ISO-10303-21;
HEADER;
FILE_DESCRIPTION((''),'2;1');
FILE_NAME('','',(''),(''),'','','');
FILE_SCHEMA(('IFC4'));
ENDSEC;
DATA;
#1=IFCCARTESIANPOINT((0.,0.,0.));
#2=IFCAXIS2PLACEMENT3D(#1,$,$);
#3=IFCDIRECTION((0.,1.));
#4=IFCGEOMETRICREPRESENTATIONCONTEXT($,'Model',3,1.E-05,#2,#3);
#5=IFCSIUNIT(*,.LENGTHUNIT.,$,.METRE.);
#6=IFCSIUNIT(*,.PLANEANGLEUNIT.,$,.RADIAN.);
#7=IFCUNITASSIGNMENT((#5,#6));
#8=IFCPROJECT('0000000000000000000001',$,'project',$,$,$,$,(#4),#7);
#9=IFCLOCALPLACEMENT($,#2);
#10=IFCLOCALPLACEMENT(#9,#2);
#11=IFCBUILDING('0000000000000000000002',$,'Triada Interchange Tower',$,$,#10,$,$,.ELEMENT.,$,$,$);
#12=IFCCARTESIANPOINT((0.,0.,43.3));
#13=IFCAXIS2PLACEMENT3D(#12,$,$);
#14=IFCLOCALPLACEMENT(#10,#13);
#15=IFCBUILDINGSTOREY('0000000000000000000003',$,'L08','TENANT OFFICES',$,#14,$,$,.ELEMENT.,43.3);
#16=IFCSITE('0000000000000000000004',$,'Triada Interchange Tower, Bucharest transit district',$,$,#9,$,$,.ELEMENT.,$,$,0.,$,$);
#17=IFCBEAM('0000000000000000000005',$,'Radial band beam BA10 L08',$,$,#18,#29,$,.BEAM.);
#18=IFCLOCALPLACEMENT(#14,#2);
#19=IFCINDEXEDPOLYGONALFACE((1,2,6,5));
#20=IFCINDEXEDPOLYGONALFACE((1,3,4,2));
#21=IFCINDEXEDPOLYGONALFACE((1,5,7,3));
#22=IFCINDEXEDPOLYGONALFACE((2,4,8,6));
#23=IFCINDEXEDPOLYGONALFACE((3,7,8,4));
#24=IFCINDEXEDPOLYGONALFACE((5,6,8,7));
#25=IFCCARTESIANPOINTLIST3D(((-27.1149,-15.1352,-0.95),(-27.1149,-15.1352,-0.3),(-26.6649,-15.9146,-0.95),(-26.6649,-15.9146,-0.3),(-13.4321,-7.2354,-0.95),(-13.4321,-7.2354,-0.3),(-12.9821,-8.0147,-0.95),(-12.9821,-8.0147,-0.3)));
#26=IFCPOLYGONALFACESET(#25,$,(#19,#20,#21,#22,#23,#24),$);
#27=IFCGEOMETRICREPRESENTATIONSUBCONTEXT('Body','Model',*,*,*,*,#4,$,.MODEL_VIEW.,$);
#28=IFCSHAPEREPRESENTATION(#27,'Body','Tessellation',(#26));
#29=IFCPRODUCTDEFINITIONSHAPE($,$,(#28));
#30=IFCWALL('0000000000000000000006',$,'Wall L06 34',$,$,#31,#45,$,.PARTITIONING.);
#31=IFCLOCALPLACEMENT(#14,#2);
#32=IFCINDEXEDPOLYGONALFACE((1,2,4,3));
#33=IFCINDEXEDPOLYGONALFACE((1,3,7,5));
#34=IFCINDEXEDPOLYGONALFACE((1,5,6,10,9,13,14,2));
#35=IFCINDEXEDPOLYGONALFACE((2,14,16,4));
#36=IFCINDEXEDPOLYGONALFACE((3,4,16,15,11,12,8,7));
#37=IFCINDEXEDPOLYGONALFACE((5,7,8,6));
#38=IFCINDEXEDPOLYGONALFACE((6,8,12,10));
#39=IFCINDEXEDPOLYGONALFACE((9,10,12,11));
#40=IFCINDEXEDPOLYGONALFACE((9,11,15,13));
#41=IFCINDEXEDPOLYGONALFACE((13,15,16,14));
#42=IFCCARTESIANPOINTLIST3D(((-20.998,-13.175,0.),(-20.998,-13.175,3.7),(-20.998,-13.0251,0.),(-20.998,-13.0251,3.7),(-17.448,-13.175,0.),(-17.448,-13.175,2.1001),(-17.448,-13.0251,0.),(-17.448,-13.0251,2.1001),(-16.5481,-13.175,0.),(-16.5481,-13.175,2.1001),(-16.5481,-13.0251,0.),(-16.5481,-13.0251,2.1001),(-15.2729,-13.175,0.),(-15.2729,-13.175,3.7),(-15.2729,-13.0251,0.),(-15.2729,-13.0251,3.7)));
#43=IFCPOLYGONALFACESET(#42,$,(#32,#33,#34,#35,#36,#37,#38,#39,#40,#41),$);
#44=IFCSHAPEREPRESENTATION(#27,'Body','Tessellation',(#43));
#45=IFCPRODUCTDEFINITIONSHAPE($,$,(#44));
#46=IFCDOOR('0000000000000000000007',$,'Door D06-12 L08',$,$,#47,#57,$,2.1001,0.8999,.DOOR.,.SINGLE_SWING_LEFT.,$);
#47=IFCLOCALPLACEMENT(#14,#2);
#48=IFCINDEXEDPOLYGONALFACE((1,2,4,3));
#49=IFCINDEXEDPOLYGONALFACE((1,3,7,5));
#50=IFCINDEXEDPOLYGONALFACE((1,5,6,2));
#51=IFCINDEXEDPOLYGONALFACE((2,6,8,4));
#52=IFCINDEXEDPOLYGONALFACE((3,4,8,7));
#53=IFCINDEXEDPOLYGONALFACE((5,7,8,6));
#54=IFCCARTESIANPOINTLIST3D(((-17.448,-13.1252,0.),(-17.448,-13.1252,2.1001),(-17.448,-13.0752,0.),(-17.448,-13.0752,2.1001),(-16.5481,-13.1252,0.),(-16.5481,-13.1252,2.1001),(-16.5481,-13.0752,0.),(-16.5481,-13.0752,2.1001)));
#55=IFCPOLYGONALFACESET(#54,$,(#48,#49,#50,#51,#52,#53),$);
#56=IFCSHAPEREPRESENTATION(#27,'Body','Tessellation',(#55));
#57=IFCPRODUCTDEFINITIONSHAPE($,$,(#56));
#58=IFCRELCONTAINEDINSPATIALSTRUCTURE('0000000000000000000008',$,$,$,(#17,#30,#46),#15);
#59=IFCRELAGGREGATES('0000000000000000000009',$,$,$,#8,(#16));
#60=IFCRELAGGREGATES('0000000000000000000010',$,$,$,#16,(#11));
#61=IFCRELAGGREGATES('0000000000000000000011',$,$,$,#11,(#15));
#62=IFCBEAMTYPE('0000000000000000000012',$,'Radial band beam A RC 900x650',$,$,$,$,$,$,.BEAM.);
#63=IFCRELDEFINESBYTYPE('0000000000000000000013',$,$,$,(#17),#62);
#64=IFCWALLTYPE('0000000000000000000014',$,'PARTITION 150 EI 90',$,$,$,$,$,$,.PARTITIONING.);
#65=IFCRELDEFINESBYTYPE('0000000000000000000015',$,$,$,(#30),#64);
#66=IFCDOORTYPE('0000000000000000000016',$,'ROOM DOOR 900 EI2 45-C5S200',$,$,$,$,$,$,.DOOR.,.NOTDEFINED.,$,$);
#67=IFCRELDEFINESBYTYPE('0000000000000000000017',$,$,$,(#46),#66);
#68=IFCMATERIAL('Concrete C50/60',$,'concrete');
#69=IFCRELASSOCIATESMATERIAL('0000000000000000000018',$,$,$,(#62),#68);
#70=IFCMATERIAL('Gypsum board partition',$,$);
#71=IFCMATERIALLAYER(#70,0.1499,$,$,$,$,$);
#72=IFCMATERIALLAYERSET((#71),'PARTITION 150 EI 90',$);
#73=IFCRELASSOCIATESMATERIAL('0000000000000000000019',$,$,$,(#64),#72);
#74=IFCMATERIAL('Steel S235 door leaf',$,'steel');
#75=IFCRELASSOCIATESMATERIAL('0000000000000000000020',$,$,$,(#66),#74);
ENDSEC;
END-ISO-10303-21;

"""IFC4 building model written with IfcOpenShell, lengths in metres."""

from ifc_helpers import new_model, si_unit, direction, frame, frame_2d, origin, origin_2d, place, context, subcontext, project, spatial, rectangle, extrude, material, layer, layer_set, material_profile, profile_set, type_object, element, fill, save


model = new_model("IFC4")

# Units and contexts
model_context = context("Model", 3, precision=1e-05, world=origin(), true_north=direction((0.0, 1.0)))
body_context = subcontext(model_context, "Body", "Model", "MODEL_VIEW")
ifc_project = project(units=[si_unit("LENGTHUNIT", "METRE"), si_unit("PLANEANGLEUNIT", "RADIAN")], contexts=[model_context])

# Site, building, storey
site_placement = place(None, origin())
site = spatial("IfcSite", under=ifc_project, at=site_placement, Name="Triada Interchange Tower, Bucharest transit district", CompositionType="ELEMENT", RefElevation=0.0)
building_placement = place(site_placement, origin())
building = spatial("IfcBuilding", under=site, at=building_placement, Name="Triada Interchange Tower", CompositionType="ELEMENT")
storey_placement = place(building_placement, frame((0.0, 0.0, 43.3)))
storey = spatial("IfcBuildingStorey", under=building, at=storey_placement, Name="L08", Description="TENANT OFFICES", CompositionType="ELEMENT", Elevation=43.3)

# Beam
ifc_material_1 = material(Name="Concrete C50/60", Category="concrete")
ifc_material_profile = material_profile(ifc_material_1, rectangle(XDim=0.8999, YDim=0.6499, at=origin_2d()), Name="RC 900x650")
ifc_profile_set = profile_set([ifc_material_profile], Name="Concrete C50/60")
beam_type = type_object("IfcBeamType", Name="Radial band beam A RC 900x650", PredefinedType="BEAM", material=ifc_profile_set)
beam_placement = place(storey_placement, frame((-26.8899, -15.5249, -0.625), z_axis=(0.866023, 0.500005, 0.0), x_axis=(-0.500005, 0.866023, 0.0)))
element("IfcBeam", 1, at=beam_placement, inside=storey, type_object=beam_type, Name="Radial band beam BA10 L08", PredefinedType="BEAM", context=body_context, shape_type="SweptSolid", body=[
    extrude(rectangle(XDim=0.8999, YDim=0.6499, at=origin_2d()), origin(), (0.0, 0.0, 1.0), 15.7996),
])

# Wall, opening, door
ifc_material_2 = material(Name="Gypsum board partition")
ifc_layer = layer(ifc_material_2, 0.1499)
ifc_layer_set = layer_set([ifc_layer], Name="PARTITION 150 EI 90")
wall_type = type_object("IfcWallType", Name="PARTITION 150 EI 90", PredefinedType="PARTITIONING", material=ifc_layer_set)
wall_placement = place(storey_placement, frame((-20.998, -13.1001, 0.0), z_axis=(0.0, 0.0, 1.0), x_axis=(1.0, 0.0, 0.0)))
wall = element("IfcWall", 2, at=wall_placement, inside=storey, type_object=wall_type, Name="Wall L06 34", PredefinedType="PARTITIONING", context=body_context, shape_type="SweptSolid", body=[
    extrude(rectangle(XDim=5.7251, YDim=0.1499, at=frame_2d((2.8625, 0.0))), origin(), (0.0, 0.0, 1.0), 3.7),
])
opening_placement = place(wall_placement, frame((3.55, 0.0, 0.0)))
opening = element("IfcOpeningElement", 3, at=opening_placement, cuts=wall, PredefinedType="OPENING", context=body_context, shape_type="SweptSolid", body=[
    extrude(rectangle(XDim=0.8999, YDim=2.1001, at=frame_2d((0.45, 1.05))), frame((0.0, 0.085, 0.0), z_axis=(0.0, -1.0, 0.0), x_axis=(1.0, 0.0, 0.0)), (0.0, 0.0, 1.0), 0.1699),
])
ifc_material_3 = material(Name="Steel S235 door leaf", Category="steel")
door_type = type_object("IfcDoorType", Name="ROOM DOOR 900 EI2 45-C5S200", OperationType="NOTDEFINED", PredefinedType="DOOR", material=ifc_material_3)
door_placement = place(opening_placement, origin())
door = element("IfcDoor", 4, at=door_placement, inside=storey, type_object=door_type, Name="Door D06-12 L08", OperationType="SINGLE_SWING_LEFT", OverallHeight=2.1001, OverallWidth=0.8999, PredefinedType="DOOR", context=body_context, shape_type="SweptSolid", body=[
    extrude(rectangle(XDim=0.8999, YDim=2.1001, at=frame_2d((0.45, 1.05))), frame((0.0, 0.0249, 0.0), z_axis=(0.0, -1.0, 0.0), x_axis=(1.0, 0.0, 0.0)), (0.0, 0.0, 1.0), 0.05),
])
fill(opening, door)

save(model, "model.ifc")
